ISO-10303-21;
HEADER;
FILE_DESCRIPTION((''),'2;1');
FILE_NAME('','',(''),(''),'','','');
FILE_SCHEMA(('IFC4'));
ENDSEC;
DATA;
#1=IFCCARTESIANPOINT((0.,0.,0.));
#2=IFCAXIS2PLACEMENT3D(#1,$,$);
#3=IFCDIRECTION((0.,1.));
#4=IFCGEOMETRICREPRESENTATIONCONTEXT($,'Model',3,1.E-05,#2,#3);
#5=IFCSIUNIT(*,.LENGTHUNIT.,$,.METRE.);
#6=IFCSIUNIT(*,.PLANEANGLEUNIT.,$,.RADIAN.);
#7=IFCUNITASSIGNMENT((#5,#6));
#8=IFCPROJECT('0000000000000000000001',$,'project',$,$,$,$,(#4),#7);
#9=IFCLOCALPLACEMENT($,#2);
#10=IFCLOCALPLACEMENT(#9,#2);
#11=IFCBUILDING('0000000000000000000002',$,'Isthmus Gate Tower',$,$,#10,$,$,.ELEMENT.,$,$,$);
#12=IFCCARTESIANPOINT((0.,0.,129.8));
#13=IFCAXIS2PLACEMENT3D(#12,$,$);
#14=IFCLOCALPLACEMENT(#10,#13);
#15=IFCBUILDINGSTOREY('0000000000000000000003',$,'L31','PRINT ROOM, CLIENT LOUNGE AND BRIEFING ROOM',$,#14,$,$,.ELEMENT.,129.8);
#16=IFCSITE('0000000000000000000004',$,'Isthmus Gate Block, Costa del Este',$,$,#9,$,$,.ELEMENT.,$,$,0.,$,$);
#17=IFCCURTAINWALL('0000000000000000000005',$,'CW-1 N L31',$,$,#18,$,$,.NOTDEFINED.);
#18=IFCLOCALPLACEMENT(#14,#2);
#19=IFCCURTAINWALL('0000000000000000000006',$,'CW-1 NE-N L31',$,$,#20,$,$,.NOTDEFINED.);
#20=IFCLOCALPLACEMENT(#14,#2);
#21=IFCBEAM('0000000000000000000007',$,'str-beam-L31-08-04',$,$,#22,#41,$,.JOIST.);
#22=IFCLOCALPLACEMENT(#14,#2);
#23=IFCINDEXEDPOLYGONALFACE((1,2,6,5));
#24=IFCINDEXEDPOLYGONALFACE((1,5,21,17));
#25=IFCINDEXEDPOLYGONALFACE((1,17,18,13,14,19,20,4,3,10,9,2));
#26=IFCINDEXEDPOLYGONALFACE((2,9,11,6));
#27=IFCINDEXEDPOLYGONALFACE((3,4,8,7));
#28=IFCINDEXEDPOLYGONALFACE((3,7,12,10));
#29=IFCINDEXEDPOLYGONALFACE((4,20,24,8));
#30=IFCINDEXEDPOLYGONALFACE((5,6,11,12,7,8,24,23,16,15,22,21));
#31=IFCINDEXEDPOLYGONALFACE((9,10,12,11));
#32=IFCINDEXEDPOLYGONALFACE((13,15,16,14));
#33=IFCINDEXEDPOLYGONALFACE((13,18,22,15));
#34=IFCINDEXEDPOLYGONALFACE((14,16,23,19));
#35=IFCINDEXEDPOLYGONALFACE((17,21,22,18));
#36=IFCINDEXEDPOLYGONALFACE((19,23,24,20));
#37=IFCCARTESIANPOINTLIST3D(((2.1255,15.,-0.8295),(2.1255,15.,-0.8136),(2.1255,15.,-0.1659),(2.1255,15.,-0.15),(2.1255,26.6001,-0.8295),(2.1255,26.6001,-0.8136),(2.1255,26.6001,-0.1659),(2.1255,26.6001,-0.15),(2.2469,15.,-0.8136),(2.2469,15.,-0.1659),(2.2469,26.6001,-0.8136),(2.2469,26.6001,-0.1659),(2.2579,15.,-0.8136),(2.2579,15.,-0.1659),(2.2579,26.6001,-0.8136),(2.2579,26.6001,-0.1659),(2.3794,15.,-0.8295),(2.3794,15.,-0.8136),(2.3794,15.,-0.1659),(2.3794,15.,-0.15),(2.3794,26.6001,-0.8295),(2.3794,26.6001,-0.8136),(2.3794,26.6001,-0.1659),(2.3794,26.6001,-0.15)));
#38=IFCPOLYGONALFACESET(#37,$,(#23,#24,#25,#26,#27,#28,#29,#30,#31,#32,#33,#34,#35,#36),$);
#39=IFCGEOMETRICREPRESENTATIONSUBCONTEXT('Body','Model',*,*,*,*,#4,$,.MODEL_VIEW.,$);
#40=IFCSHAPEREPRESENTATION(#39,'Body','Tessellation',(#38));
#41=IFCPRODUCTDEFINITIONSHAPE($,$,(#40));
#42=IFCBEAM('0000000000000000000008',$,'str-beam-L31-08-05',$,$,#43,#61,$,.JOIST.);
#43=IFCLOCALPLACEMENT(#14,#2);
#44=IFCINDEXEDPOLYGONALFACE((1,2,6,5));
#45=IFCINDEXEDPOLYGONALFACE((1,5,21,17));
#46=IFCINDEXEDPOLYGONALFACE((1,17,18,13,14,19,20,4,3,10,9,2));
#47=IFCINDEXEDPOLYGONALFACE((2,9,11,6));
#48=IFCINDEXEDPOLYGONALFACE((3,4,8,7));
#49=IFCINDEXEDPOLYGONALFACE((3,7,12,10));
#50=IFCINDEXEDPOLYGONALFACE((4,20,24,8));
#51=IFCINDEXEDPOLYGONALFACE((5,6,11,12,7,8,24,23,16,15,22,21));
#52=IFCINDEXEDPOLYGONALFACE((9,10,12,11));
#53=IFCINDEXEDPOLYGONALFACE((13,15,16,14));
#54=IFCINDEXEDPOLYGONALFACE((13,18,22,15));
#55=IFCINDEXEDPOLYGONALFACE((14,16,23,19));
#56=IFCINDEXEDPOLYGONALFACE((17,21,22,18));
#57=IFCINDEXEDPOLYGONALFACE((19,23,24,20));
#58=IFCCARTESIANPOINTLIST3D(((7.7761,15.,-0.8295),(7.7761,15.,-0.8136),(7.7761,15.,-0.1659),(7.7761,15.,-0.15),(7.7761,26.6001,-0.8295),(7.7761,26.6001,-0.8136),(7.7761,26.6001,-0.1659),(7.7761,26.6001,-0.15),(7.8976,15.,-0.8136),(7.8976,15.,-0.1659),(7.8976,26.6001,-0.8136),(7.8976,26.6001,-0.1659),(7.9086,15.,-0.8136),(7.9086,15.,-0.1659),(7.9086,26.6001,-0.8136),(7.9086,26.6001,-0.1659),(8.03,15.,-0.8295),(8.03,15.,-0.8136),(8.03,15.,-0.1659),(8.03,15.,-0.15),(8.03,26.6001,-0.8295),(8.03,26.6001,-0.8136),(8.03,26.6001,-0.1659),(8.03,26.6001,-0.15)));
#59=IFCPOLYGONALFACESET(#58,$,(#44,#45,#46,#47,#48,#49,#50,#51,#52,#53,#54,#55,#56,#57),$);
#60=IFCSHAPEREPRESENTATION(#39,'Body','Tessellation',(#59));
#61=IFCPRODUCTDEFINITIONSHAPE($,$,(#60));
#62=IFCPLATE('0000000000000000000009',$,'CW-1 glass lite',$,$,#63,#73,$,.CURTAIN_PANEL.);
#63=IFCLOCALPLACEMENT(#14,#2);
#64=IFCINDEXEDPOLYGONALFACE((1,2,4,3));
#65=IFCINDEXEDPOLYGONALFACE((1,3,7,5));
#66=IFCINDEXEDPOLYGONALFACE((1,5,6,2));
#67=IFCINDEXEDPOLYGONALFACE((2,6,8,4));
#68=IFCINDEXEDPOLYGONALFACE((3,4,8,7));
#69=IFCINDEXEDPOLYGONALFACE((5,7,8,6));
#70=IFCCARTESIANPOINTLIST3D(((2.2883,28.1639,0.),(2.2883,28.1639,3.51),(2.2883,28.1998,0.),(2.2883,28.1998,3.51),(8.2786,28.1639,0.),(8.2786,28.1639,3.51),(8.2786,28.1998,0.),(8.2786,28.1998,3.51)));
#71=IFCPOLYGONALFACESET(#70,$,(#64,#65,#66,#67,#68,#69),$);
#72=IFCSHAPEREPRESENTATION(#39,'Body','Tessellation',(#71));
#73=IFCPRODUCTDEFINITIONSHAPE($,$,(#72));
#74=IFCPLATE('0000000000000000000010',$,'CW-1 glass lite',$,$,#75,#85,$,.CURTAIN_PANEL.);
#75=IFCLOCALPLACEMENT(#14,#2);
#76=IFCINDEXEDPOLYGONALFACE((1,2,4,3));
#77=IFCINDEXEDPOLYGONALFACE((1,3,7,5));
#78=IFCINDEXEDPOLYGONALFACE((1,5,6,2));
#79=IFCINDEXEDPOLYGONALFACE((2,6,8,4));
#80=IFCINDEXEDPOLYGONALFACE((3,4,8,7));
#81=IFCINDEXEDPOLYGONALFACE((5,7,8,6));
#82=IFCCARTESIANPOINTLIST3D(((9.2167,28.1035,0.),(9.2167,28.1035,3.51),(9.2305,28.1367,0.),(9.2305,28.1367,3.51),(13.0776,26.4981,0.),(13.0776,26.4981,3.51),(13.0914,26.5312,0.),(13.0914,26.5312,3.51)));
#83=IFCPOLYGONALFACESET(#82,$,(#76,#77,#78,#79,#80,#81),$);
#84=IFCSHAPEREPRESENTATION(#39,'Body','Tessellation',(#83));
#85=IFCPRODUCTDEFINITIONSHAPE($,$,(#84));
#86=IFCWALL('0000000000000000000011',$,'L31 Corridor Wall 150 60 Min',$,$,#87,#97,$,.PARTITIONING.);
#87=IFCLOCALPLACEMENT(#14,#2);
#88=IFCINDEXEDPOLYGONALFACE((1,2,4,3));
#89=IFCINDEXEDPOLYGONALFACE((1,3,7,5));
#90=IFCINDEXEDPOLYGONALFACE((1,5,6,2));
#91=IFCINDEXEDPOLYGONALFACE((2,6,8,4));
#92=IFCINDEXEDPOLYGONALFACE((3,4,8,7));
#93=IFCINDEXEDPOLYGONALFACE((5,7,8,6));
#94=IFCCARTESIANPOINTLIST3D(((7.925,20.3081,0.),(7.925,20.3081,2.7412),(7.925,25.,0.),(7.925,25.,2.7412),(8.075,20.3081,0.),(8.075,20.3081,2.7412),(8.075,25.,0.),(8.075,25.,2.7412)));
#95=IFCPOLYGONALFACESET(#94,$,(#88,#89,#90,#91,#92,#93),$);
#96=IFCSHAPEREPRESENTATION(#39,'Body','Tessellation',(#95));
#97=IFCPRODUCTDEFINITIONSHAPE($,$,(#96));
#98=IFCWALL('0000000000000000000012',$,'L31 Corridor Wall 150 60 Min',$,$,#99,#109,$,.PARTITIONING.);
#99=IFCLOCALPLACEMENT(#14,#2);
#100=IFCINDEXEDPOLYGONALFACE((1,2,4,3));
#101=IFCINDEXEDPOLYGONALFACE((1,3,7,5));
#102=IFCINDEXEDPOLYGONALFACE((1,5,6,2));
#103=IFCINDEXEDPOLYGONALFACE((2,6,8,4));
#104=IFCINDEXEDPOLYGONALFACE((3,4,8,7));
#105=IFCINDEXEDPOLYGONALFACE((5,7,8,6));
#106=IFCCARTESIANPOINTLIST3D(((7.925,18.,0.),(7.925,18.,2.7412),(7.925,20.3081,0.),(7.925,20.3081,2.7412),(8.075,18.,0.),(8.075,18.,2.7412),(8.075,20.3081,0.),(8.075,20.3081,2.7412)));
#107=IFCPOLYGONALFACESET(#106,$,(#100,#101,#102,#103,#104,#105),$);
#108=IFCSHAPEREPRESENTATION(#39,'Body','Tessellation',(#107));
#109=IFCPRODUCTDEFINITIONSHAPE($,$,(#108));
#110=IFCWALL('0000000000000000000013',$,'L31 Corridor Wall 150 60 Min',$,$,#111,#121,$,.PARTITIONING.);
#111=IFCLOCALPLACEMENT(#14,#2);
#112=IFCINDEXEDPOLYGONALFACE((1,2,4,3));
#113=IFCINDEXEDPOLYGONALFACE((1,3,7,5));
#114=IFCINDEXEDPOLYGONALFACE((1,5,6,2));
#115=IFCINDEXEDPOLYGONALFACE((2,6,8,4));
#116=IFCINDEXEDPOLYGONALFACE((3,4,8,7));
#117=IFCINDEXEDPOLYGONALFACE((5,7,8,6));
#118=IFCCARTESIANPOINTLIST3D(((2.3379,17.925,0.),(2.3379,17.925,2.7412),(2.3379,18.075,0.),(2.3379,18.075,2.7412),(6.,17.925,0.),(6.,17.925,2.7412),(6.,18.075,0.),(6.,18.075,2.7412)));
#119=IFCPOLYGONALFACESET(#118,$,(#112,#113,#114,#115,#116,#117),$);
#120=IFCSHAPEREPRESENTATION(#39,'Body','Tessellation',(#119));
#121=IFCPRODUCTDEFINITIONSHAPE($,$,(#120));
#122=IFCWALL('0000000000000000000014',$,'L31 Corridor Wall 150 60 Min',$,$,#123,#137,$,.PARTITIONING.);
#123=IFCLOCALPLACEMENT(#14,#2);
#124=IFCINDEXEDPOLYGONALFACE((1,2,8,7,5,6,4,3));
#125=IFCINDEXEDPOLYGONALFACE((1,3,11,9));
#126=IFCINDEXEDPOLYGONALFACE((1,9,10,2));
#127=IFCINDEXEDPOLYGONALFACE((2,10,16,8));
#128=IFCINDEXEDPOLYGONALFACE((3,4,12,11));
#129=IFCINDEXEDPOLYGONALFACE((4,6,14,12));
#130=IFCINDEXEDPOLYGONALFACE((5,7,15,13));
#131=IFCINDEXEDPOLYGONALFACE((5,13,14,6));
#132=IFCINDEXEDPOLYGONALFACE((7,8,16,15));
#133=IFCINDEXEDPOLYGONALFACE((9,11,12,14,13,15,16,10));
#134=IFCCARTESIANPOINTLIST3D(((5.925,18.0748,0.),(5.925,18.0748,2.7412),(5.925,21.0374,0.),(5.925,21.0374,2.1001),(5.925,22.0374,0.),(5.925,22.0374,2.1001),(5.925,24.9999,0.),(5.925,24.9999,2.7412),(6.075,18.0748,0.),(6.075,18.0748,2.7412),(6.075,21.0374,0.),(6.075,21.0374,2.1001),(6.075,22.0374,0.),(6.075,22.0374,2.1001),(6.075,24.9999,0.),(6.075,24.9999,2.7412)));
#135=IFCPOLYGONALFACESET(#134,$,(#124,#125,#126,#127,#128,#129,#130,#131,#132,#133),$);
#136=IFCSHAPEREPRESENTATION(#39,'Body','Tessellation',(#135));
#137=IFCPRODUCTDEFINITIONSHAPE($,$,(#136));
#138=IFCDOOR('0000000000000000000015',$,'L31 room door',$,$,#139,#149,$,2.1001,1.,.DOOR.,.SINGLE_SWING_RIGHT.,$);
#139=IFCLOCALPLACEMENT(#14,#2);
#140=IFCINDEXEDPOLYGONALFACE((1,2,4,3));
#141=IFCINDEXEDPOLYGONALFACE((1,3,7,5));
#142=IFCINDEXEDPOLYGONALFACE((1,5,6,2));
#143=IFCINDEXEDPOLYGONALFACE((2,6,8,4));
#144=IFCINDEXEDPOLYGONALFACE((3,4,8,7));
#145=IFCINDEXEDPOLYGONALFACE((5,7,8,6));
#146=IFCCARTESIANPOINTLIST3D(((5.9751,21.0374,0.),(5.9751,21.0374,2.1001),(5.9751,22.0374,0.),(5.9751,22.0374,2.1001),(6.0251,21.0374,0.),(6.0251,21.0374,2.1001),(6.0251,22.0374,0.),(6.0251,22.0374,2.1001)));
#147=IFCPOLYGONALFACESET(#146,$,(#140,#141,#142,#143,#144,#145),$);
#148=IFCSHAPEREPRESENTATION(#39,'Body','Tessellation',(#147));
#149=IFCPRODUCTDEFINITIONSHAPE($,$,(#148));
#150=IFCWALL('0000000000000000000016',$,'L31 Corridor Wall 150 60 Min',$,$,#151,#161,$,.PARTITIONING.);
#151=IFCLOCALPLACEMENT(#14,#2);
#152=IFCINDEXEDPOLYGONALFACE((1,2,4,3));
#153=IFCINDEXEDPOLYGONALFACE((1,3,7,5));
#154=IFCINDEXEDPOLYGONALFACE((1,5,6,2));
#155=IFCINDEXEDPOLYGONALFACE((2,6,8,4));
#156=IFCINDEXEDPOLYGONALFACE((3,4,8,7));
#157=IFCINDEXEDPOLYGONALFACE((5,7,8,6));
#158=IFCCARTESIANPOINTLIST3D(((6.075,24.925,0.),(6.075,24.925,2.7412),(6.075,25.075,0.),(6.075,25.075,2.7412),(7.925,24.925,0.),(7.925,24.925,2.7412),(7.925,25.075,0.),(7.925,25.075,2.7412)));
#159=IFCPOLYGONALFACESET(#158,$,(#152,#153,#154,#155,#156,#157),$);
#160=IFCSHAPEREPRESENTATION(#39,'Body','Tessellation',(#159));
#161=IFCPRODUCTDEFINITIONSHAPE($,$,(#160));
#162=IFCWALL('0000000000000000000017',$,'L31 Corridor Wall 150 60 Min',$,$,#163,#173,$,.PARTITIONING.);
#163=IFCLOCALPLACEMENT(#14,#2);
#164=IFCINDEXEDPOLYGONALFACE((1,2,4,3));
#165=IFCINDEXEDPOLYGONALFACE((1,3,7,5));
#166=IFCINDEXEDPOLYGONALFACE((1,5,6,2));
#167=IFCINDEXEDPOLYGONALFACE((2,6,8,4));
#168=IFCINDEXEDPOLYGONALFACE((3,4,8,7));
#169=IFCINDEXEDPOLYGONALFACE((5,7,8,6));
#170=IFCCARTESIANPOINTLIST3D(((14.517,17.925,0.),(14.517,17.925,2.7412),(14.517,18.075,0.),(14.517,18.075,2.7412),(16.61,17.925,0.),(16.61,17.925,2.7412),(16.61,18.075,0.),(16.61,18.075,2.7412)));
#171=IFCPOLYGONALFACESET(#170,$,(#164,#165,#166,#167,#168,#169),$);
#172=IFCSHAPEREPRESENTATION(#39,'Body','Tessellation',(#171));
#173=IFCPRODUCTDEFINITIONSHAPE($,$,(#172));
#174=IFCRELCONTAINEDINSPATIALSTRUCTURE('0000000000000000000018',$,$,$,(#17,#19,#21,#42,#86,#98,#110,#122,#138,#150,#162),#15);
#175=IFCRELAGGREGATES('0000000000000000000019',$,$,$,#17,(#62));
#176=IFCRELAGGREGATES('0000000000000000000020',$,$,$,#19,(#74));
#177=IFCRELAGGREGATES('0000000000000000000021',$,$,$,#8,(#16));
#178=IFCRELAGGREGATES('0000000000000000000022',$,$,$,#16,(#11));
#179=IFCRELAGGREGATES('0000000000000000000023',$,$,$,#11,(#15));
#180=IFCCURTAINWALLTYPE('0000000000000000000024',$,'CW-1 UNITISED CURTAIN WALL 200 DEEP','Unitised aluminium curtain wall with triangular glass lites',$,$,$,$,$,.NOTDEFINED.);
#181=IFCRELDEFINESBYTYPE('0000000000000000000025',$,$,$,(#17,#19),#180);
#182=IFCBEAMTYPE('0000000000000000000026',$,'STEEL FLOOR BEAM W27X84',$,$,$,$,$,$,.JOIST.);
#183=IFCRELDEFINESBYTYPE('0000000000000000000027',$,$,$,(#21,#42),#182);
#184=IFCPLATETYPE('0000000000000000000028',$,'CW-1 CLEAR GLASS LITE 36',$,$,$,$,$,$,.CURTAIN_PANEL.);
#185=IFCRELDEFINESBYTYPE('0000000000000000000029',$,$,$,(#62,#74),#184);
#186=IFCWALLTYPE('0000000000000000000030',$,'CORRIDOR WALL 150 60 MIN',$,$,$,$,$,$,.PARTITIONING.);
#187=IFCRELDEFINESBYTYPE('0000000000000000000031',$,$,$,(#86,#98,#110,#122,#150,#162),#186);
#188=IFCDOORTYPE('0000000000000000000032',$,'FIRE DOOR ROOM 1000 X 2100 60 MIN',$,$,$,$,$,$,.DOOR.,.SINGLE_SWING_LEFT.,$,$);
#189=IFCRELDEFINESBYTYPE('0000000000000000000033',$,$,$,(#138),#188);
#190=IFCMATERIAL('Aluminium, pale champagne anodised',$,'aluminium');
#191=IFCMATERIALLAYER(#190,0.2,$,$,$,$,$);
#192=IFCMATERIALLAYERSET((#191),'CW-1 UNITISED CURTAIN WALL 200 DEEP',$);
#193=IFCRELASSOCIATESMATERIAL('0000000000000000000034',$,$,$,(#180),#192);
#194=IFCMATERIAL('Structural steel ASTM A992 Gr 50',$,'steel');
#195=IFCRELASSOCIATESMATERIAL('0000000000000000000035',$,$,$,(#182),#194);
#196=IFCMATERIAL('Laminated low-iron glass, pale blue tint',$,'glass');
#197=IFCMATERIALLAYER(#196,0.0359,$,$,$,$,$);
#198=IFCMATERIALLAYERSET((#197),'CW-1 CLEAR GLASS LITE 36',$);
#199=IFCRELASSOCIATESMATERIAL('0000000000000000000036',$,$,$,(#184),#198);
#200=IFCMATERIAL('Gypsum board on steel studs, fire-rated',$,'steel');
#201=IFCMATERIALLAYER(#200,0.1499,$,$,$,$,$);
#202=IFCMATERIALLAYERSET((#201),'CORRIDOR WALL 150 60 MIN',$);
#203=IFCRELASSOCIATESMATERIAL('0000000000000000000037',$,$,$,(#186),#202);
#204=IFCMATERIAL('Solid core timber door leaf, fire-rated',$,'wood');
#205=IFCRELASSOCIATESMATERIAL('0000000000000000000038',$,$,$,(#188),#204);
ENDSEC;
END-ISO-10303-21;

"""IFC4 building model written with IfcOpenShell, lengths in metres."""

from ifc_helpers import new_model, si_unit, direction, frame, frame_2d, origin, origin_2d, place, context, subcontext, project, spatial, rectangle, i_section, extrude, material, layer, layer_set, material_profile, profile_set, type_object, element, fill, aggregate, save


model = new_model("IFC4")

# Units and contexts
model_context = context("Model", 3, precision=1e-05, world=origin(), true_north=direction((0.0, 1.0)))
body_context = subcontext(model_context, "Body", "Model", "MODEL_VIEW")
ifc_project = project(units=[si_unit("LENGTHUNIT", "METRE"), si_unit("PLANEANGLEUNIT", "RADIAN")], contexts=[model_context])

# Site, building, storey
site_placement = place(None, origin())
site = spatial("IfcSite", under=ifc_project, at=site_placement, Name="Isthmus Gate Block, Costa del Este", CompositionType="ELEMENT", RefElevation=0.0)
building_placement = place(site_placement, origin())
building = spatial("IfcBuilding", under=site, at=building_placement, Name="Isthmus Gate Tower", CompositionType="ELEMENT")
storey_placement = place(building_placement, frame((0.0, 0.0, 129.8)))
storey = spatial("IfcBuildingStorey", under=building, at=storey_placement, Name="L31", Description="PRINT ROOM, CLIENT LOUNGE AND BRIEFING ROOM", CompositionType="ELEMENT", Elevation=129.8)

# Curtain walls
ifc_material_1 = material(Name="Aluminium, pale champagne anodised", Category="aluminium")
ifc_layer_1 = layer(ifc_material_1, 0.2)
ifc_layer_set_1 = layer_set([ifc_layer_1], Name="CW-1 UNITISED CURTAIN WALL 200 DEEP")
curtain_wall_type = type_object("IfcCurtainWallType", Name="CW-1 UNITISED CURTAIN WALL 200 DEEP", Description="Unitised aluminium curtain wall with triangular glass lites", PredefinedType="NOTDEFINED", material=ifc_layer_set_1)
curtain_wall_1_placement = place(storey_placement, origin())
curtain_wall_1 = element("IfcCurtainWall", 1, at=curtain_wall_1_placement, inside=storey, type_object=curtain_wall_type, Name="CW-1 N L31", PredefinedType="NOTDEFINED")
curtain_wall_2_placement = place(storey_placement, origin())
curtain_wall_2 = element("IfcCurtainWall", 2, at=curtain_wall_2_placement, inside=storey, type_object=curtain_wall_type, Name="CW-1 NE-N L31", PredefinedType="NOTDEFINED")

# Beams
ifc_material_2 = material(Name="Structural steel ASTM A992 Gr 50", Category="steel")
ifc_material_profile_1 = material_profile(ifc_material_2, i_section(OverallWidth=0.2539, OverallDepth=0.6794, WebThickness=0.011, FlangeThickness=0.0159, at=origin_2d()), Name="W27X84")
ifc_profile_set_1 = profile_set([ifc_material_profile_1], Name="Structural steel ASTM A992 Gr 50")
beam_type_1 = type_object("IfcBeamType", Name="STEEL FLOOR BEAM W27X84", PredefinedType="JOIST", material=ifc_profile_set_1)
for number, where, z_axis, x_axis, name in (
    (3, (2.2524, 15.0, -0.4897), (0.0, 1.0, 0.0), (-1.0, 0.0, 0.0), "str-beam-L31-08-04"),
    (4, (7.9031, 15.0, -0.4897), (0.0, 1.0, 0.0), (-1.0, 0.0, 0.0), "str-beam-L31-08-05"),
):
    element("IfcBeam", number, at=place(storey_placement, frame(where, z_axis=z_axis, x_axis=x_axis)), inside=storey, type_object=beam_type_1, Name=name, PredefinedType="JOIST", context=body_context, shape_type="SweptSolid", body=[
        extrude(i_section(OverallWidth=0.2539, OverallDepth=0.6794, WebThickness=0.011, FlangeThickness=0.0159, at=origin_2d()), origin(), (0.0, 0.0, 1.0), 11.6001),
    ])

# Plates
ifc_material_3 = material(Name="Laminated low-iron glass, pale blue tint", Category="glass")
ifc_layer_2 = layer(ifc_material_3, 0.0359)
ifc_layer_set_2 = layer_set([ifc_layer_2], Name="CW-1 CLEAR GLASS LITE 36")
plate_type = type_object("IfcPlateType", Name="CW-1 CLEAR GLASS LITE 36", PredefinedType="CURTAIN_PANEL", material=ifc_layer_set_2)
plate_1_placement = place(storey_placement, frame((5.2834, 28.1819, 0.0), z_axis=(0.0, 0.0, 1.0), x_axis=(-1.0, 0.0, 0.0)))
plate_1 = element("IfcPlate", 5, at=plate_1_placement, type_object=plate_type, Name="CW-1 glass lite", PredefinedType="CURTAIN_PANEL", context=body_context, shape_type="SweptSolid", body=[
    extrude(rectangle(XDim=5.9902, YDim=0.0359, at=origin_2d()), origin(), (0.0, 0.0, 1.0), 3.51),
])
aggregate(curtain_wall_1, [plate_1])
plate_2_placement = place(storey_placement, frame((11.1541, 27.3174, 0.0), z_axis=(0.0, 0.0, 1.0), x_axis=(-0.923353, 0.383952, 0.0)))
plate_2 = element("IfcPlate", 6, at=plate_2_placement, type_object=plate_type, Name="CW-1 glass lite", PredefinedType="CURTAIN_PANEL", context=body_context, shape_type="SweptSolid", body=[
    extrude(rectangle(XDim=4.1814, YDim=0.0359, at=origin_2d()), origin(), (0.0, 0.0, 1.0), 3.51),
])
aggregate(curtain_wall_2, [plate_2])

# Walls
ifc_material_4 = material(Name="Gypsum board on steel studs, fire-rated", Category="steel")
ifc_layer_3 = layer(ifc_material_4, 0.1499)
ifc_layer_set_3 = layer_set([ifc_layer_3], Name="CORRIDOR WALL 150 60 MIN")
wall_type_1 = type_object("IfcWallType", Name="CORRIDOR WALL 150 60 MIN", PredefinedType="PARTITIONING", material=ifc_layer_set_3)
wall_1_placement = place(storey_placement, frame((8.0, 25.0, 0.0), z_axis=(0.0, 0.0, 1.0), x_axis=(0.0, -1.0, 0.0)))
element("IfcWall", 7, at=wall_1_placement, inside=storey, type_object=wall_type_1, Name="L31 Corridor Wall 150 60 Min", PredefinedType="PARTITIONING", context=body_context, shape_type="SweptSolid", body=[
    extrude(rectangle(XDim=4.6919, YDim=0.1499, at=frame_2d((2.3459, 0.0))), origin(), (0.0, 0.0, 1.0), 2.7412),
])
wall_2_placement = place(storey_placement, frame((8.0, 20.3081, 0.0), z_axis=(0.0, 0.0, 1.0), x_axis=(0.0, -1.0, 0.0)))
element("IfcWall", 8, at=wall_2_placement, inside=storey, type_object=wall_type_1, Name="L31 Corridor Wall 150 60 Min", PredefinedType="PARTITIONING", context=body_context, shape_type="SweptSolid", body=[
    extrude(rectangle(XDim=2.3081, YDim=0.1499, at=frame_2d((1.1541, 0.0))), origin(), (0.0, 0.0, 1.0), 2.7412),
])
wall_3_placement = place(storey_placement, frame((2.3379, 18.0, 0.0), z_axis=(0.0, 0.0, 1.0), x_axis=(1.0, 0.0, 0.0)))
element("IfcWall", 9, at=wall_3_placement, inside=storey, type_object=wall_type_1, Name="L31 Corridor Wall 150 60 Min", PredefinedType="PARTITIONING", context=body_context, shape_type="SweptSolid", body=[
    extrude(rectangle(XDim=3.6621, YDim=0.1499, at=frame_2d((1.8311, 0.0))), origin(), (0.0, 0.0, 1.0), 2.7412),
])

# Wall, opening, door
wall_4_placement = place(storey_placement, frame((6.0, 18.075, 0.0), z_axis=(0.0, 0.0, 1.0), x_axis=(0.0, 1.0, 0.0)))
wall_4 = element("IfcWall", 10, at=wall_4_placement, inside=storey, type_object=wall_type_1, Name="L31 Corridor Wall 150 60 Min", PredefinedType="PARTITIONING", context=body_context, shape_type="SweptSolid", body=[
    extrude(rectangle(XDim=6.925, YDim=0.1499, at=frame_2d((3.4624, 0.0))), origin(), (0.0, 0.0, 1.0), 2.7412),
])
opening_1_placement = place(wall_4_placement, frame((2.9624, 0.0, 0.0)))
opening_1 = element("IfcOpeningElement", 11, at=opening_1_placement, cuts=wall_4, PredefinedType="OPENING", context=body_context, shape_type="SweptSolid", body=[
    extrude(rectangle(XDim=1.0, YDim=2.1001, at=frame_2d((0.5, 1.05))), frame((0.0, 0.085, 0.0), z_axis=(0.0, -1.0, 0.0), x_axis=(1.0, 0.0, 0.0)), (0.0, 0.0, 1.0), 0.1699),
])
ifc_material_5 = material(Name="Solid core timber door leaf, fire-rated", Category="wood")
door_type = type_object("IfcDoorType", Name="FIRE DOOR ROOM 1000 X 2100 60 MIN", OperationType="SINGLE_SWING_LEFT", PredefinedType="DOOR", material=ifc_material_5)
door_1_placement = place(opening_1_placement, origin())
door_1 = element("IfcDoor", 12, at=door_1_placement, inside=storey, type_object=door_type, Name="L31 room door", OperationType="SINGLE_SWING_RIGHT", OverallHeight=2.1001, OverallWidth=1.0, PredefinedType="DOOR", context=body_context, shape_type="SweptSolid", body=[
    extrude(rectangle(XDim=1.0, YDim=2.1001, at=frame_2d((0.5, 1.05))), frame((0.0, 0.0249, 0.0), z_axis=(0.0, -1.0, 0.0), x_axis=(1.0, 0.0, 0.0)), (0.0, 0.0, 1.0), 0.05),
])
fill(opening_1, door_1)

# Walls
wall_5_placement = place(storey_placement, frame((6.075, 25.0, 0.0), z_axis=(0.0, 0.0, 1.0), x_axis=(1.0, 0.0, 0.0)))
element("IfcWall", 13, at=wall_5_placement, inside=storey, type_object=wall_type_1, Name="L31 Corridor Wall 150 60 Min", PredefinedType="PARTITIONING", context=body_context, shape_type="SweptSolid", body=[
    extrude(rectangle(XDim=1.8501, YDim=0.1499, at=frame_2d((0.925, 0.0))), origin(), (0.0, 0.0, 1.0), 2.7412),
])
wall_6_placement = place(storey_placement, frame((14.5171, 18.0, 0.0), z_axis=(0.0, 0.0, 1.0), x_axis=(1.0, 0.0, 0.0)))
element("IfcWall", 14, at=wall_6_placement, inside=storey, type_object=wall_type_1, Name="L31 Corridor Wall 150 60 Min", PredefinedType="PARTITIONING", context=body_context, shape_type="SweptSolid", body=[
    extrude(rectangle(XDim=2.093, YDim=0.1499, at=frame_2d((1.0464, 0.0))), origin(), (0.0, 0.0, 1.0), 2.7412),
])

save(model, "model.ifc")
